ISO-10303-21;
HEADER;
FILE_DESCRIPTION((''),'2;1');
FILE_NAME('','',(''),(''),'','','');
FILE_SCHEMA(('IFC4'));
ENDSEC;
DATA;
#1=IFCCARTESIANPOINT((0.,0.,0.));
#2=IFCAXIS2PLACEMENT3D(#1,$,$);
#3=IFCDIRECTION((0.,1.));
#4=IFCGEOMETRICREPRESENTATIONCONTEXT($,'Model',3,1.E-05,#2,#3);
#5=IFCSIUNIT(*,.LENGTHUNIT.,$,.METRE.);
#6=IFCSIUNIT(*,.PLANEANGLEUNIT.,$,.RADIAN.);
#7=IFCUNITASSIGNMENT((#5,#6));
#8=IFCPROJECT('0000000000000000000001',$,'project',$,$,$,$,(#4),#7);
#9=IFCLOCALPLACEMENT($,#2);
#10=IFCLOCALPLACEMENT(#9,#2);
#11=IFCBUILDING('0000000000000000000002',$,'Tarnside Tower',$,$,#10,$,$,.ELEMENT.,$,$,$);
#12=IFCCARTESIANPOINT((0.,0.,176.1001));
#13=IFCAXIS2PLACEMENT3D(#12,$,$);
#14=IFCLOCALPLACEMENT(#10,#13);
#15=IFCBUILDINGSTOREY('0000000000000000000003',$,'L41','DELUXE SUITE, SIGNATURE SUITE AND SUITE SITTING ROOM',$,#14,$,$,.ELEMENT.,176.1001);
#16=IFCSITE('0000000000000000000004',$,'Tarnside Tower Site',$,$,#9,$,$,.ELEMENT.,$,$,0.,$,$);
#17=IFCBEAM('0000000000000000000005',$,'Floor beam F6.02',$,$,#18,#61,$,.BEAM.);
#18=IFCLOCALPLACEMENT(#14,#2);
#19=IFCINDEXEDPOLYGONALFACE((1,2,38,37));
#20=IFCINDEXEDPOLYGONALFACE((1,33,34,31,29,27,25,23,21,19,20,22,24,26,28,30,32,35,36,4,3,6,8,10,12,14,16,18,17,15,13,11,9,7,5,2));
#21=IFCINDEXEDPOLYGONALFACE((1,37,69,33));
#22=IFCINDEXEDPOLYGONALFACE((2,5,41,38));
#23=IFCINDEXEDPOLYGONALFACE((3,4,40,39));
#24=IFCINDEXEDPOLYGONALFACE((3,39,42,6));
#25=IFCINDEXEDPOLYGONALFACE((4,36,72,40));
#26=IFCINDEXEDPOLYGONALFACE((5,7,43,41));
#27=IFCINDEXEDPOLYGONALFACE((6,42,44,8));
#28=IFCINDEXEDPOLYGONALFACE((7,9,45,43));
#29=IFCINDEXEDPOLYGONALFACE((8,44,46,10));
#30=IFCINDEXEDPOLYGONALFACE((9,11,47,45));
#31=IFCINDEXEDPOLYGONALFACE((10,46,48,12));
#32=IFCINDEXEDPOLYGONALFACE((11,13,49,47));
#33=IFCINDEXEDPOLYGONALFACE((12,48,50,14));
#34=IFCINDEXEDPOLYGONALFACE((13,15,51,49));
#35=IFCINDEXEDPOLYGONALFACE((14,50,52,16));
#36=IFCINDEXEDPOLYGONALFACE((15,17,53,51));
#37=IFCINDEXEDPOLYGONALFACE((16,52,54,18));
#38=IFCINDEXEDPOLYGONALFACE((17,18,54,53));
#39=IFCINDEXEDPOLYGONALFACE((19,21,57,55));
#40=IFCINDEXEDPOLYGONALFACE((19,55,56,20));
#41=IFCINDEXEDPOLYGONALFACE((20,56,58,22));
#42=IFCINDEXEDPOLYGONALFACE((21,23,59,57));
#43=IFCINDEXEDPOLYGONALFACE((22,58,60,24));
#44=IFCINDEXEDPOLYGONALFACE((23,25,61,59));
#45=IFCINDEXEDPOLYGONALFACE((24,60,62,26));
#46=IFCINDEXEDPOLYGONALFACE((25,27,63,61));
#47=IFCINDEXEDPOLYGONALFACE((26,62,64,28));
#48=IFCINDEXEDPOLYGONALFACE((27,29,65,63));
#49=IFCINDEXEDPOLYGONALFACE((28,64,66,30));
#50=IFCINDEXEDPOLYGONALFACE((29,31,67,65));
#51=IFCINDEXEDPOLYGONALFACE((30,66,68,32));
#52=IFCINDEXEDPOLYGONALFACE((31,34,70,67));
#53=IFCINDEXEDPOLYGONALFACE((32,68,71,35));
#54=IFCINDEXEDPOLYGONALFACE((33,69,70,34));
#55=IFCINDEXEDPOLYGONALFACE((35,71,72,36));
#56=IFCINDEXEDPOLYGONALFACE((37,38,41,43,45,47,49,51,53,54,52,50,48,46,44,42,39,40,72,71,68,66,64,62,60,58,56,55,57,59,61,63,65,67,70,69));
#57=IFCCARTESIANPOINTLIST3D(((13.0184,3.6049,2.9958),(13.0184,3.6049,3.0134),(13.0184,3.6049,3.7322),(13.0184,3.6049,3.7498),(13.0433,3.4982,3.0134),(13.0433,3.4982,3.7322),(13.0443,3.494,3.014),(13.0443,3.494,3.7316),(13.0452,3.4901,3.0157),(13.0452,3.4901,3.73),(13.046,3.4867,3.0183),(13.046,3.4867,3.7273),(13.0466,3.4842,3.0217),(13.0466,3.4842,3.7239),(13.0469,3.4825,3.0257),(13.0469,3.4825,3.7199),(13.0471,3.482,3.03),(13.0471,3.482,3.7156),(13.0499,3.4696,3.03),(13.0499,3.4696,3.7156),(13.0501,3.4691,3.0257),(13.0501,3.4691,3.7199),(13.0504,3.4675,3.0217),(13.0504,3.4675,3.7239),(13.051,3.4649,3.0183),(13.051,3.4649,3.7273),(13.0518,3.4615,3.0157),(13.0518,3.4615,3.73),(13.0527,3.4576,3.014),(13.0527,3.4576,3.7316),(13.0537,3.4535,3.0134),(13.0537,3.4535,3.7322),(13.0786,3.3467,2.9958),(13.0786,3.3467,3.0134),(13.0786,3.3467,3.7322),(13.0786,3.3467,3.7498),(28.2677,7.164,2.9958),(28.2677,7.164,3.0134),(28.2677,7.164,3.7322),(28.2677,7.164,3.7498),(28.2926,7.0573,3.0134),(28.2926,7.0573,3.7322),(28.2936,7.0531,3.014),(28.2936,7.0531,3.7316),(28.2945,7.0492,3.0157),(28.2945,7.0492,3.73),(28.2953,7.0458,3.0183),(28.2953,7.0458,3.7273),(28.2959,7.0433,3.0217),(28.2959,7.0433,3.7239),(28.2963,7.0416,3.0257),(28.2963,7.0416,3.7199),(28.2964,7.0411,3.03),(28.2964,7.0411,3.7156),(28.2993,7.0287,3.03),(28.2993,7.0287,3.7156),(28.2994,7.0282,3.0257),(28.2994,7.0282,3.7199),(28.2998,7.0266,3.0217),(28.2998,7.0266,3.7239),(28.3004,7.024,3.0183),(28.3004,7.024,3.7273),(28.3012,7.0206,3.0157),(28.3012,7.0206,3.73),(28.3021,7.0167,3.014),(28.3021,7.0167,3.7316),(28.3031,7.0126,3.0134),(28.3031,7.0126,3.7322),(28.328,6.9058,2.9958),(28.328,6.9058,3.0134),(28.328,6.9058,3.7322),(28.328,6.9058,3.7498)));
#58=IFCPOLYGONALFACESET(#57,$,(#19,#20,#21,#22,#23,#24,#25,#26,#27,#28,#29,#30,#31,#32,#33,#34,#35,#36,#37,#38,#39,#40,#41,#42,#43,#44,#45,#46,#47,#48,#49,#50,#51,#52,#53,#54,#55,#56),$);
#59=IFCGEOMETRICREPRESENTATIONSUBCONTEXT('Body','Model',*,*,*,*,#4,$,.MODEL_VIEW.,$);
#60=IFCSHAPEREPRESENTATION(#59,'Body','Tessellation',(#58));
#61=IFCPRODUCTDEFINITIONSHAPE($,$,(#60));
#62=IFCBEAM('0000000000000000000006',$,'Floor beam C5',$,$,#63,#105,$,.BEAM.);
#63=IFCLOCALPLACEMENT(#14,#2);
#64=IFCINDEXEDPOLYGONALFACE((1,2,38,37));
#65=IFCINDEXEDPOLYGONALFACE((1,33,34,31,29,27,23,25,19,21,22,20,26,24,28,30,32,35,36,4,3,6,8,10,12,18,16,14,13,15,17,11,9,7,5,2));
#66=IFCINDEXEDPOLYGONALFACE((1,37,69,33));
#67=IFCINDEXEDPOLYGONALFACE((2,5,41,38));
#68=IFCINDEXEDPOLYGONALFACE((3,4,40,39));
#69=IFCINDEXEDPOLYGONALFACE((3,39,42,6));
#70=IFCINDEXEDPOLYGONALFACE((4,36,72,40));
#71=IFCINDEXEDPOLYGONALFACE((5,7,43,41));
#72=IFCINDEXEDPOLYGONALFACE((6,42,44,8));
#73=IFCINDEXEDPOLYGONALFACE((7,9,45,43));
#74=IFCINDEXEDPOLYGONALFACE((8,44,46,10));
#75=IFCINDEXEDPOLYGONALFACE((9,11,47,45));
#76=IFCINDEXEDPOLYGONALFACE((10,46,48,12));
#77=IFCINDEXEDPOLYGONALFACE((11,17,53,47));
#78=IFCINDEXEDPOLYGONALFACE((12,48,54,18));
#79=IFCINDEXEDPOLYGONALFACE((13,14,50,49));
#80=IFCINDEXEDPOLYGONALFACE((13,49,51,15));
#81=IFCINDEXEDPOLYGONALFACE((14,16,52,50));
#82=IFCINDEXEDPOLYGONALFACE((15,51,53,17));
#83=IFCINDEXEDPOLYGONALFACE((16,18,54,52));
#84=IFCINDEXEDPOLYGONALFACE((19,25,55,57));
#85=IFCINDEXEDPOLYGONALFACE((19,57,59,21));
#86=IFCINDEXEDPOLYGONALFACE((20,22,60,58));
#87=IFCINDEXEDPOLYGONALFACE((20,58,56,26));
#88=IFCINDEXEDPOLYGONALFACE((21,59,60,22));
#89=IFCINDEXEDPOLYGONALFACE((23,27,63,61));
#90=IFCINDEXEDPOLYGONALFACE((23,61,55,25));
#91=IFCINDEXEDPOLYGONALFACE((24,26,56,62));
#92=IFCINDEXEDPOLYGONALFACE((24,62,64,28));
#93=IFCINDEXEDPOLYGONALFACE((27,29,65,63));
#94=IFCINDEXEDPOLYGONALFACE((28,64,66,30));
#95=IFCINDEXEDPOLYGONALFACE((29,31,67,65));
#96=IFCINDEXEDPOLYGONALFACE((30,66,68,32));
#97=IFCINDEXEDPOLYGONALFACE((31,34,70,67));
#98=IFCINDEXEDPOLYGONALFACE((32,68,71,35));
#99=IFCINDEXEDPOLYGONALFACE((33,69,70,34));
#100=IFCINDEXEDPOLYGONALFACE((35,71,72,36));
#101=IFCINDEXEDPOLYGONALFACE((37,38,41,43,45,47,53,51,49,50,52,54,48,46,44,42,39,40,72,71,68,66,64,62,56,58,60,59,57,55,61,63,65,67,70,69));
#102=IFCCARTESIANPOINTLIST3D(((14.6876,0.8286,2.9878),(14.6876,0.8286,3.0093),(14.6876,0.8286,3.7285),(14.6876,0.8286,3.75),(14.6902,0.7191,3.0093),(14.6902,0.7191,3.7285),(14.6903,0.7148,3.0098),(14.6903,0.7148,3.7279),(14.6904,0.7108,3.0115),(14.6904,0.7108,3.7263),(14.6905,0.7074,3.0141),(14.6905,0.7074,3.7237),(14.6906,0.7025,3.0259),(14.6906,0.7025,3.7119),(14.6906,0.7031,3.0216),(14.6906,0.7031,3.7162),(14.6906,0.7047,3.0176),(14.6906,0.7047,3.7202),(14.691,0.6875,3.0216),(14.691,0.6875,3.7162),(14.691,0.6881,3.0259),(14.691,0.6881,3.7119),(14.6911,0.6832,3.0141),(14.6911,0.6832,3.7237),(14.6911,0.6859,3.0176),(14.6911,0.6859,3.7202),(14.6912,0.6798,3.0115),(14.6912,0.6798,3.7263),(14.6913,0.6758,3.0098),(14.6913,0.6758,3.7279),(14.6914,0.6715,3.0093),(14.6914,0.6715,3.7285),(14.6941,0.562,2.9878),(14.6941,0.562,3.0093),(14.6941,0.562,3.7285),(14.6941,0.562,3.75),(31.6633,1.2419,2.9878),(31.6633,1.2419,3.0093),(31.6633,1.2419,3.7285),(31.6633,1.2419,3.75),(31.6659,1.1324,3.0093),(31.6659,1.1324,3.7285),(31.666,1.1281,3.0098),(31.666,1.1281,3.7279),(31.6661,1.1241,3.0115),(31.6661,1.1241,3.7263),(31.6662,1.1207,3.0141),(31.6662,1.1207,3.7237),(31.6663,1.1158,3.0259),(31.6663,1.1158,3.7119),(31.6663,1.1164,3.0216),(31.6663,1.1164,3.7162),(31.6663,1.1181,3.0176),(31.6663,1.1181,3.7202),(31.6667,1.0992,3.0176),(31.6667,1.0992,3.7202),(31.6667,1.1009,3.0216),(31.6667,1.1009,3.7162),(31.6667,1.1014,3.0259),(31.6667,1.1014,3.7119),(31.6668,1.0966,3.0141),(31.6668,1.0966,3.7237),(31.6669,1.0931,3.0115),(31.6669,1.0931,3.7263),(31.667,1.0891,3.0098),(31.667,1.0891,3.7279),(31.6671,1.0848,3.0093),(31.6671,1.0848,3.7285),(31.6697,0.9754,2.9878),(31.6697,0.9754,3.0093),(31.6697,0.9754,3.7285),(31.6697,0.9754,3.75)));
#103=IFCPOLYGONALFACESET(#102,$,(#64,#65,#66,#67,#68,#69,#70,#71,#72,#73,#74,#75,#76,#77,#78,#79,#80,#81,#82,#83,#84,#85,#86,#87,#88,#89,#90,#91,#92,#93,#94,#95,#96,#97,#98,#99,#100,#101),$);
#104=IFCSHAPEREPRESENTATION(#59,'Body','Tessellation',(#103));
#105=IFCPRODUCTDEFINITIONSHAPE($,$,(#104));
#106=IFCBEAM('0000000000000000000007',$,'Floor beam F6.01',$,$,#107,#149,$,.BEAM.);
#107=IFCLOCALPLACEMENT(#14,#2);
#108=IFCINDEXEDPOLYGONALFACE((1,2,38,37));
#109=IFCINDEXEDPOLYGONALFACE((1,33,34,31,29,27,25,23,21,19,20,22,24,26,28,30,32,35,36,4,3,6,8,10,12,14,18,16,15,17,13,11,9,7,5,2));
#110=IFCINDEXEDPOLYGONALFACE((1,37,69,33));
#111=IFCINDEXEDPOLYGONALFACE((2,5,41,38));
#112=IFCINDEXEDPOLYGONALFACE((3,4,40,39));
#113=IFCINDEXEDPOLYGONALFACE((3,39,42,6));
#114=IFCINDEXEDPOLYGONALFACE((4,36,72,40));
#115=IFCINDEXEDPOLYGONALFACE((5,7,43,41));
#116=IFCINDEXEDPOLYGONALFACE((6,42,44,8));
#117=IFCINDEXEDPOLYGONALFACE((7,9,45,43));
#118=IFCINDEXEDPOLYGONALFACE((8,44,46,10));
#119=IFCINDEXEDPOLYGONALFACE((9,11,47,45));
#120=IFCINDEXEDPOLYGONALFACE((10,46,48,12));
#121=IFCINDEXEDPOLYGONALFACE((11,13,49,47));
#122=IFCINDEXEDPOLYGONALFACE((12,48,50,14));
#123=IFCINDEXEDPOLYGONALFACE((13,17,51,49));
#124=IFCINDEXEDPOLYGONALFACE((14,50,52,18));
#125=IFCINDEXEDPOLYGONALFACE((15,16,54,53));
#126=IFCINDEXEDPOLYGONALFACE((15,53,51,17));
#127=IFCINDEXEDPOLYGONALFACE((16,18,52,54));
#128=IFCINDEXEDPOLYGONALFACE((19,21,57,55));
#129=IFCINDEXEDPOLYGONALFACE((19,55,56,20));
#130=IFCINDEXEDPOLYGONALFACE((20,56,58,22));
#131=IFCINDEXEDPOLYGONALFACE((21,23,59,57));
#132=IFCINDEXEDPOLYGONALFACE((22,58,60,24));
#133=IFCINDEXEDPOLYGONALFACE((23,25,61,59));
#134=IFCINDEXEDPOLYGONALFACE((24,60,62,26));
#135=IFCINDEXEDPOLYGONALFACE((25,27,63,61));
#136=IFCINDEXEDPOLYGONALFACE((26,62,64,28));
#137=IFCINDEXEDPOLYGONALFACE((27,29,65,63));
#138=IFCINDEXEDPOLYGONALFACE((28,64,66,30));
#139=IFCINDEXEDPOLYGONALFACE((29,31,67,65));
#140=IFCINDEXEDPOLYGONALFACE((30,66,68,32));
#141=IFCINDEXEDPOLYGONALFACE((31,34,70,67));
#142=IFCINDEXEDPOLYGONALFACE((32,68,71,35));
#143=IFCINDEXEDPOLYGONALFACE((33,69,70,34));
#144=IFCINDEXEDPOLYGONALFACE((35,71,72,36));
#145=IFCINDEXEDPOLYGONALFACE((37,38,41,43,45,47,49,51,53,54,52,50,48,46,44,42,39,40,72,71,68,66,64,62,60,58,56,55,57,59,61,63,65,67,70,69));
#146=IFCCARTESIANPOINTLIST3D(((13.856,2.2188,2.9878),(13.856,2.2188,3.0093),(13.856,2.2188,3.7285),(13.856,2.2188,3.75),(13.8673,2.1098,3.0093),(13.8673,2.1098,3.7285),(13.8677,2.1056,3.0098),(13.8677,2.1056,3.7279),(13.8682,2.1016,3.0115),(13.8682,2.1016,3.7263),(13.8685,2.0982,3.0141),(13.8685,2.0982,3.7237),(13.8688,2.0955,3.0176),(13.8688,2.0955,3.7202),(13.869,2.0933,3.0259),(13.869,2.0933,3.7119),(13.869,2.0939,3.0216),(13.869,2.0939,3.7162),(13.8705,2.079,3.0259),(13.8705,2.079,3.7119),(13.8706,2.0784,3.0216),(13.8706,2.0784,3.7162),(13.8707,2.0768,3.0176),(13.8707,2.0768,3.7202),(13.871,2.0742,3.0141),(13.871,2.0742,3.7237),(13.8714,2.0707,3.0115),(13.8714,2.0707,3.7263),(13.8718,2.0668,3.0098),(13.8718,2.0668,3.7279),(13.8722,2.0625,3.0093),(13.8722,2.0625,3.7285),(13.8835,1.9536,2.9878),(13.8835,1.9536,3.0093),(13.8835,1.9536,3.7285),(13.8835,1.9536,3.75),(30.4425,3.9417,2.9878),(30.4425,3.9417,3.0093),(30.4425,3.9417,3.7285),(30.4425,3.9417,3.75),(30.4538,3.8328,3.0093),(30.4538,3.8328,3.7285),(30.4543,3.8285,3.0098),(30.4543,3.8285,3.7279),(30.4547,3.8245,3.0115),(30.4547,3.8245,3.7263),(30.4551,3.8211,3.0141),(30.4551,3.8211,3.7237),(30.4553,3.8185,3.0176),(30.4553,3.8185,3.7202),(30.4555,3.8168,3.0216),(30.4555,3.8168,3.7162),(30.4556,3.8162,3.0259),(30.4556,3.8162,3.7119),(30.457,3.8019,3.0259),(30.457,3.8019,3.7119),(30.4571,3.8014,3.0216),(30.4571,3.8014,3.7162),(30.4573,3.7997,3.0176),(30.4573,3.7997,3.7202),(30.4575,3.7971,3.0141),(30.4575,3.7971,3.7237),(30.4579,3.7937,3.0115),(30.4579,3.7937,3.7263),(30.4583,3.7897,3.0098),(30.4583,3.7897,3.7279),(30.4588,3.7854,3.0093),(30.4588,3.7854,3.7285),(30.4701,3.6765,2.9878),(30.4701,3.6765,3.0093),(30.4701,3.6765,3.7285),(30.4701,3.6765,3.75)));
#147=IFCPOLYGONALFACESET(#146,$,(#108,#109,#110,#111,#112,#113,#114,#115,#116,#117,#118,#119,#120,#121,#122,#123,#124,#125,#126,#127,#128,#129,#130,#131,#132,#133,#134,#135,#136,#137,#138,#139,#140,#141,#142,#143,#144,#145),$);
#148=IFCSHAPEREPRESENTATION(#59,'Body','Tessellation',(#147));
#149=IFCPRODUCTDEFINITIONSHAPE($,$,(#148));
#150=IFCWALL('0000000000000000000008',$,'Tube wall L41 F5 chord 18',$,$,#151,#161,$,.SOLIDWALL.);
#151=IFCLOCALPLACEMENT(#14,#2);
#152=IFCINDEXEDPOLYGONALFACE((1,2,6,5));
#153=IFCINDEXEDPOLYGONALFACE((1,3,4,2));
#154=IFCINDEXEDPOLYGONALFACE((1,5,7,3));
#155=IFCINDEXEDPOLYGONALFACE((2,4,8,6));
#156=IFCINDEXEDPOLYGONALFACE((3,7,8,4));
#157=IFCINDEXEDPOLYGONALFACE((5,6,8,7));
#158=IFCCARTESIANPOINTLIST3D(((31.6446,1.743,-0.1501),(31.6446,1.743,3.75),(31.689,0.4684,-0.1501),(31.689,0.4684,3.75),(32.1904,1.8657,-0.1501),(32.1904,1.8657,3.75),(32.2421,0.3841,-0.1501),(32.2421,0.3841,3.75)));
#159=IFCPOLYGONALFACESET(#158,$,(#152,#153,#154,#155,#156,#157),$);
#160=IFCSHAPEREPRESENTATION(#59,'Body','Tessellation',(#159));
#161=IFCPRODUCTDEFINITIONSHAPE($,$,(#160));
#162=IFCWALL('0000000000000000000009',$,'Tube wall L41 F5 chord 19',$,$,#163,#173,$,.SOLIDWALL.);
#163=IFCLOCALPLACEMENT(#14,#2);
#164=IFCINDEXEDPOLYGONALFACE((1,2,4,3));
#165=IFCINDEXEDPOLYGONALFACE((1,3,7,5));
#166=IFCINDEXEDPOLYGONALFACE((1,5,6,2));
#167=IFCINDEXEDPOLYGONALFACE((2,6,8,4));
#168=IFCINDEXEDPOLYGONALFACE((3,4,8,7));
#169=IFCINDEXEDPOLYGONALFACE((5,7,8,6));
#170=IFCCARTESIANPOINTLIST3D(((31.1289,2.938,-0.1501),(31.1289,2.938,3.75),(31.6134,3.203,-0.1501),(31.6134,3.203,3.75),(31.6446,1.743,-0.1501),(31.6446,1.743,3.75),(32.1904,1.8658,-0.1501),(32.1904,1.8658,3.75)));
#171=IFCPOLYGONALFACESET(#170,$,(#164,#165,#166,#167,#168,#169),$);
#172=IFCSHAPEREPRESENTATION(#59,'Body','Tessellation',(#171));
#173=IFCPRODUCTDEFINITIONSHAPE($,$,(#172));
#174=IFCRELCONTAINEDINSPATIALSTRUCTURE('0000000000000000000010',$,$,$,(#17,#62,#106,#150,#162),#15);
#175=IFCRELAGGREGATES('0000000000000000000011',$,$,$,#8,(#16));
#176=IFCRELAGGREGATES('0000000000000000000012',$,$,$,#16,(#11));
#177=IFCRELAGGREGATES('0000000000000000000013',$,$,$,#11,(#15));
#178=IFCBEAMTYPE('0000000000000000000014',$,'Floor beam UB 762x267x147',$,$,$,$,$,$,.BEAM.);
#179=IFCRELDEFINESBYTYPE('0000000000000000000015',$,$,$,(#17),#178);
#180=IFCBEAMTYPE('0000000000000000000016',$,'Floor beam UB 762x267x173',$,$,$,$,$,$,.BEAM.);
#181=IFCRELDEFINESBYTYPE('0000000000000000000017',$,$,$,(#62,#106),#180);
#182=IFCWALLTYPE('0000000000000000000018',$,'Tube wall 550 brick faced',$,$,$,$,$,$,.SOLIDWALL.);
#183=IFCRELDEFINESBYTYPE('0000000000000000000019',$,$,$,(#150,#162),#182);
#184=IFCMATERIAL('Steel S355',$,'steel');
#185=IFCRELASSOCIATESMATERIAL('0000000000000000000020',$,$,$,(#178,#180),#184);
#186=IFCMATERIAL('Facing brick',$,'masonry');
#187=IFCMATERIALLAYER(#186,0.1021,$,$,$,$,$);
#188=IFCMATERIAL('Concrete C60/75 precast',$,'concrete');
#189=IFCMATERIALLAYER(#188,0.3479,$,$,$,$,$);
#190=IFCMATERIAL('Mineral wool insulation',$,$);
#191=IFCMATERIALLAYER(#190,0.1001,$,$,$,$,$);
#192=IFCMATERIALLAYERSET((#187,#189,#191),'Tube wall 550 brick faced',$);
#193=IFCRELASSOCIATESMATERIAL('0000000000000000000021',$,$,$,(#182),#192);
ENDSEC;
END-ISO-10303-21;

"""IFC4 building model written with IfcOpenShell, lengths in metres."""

from ifc_helpers import new_model, si_unit, direction, frame, origin, origin_2d, place, context, subcontext, project, spatial, polyline, i_section, outline, extrude, material, layer, layer_set, material_profile, profile_set, type_object, element, save


model = new_model("IFC4")

# Units and contexts
model_context = context("Model", 3, precision=1e-05, world=origin(), true_north=direction((0.0, 1.0)))
body_context = subcontext(model_context, "Body", "Model", "MODEL_VIEW")
ifc_project = project(units=[si_unit("LENGTHUNIT", "METRE"), si_unit("PLANEANGLEUNIT", "RADIAN")], contexts=[model_context])

# Site, building, storey
site_placement = place(None, origin())
site = spatial("IfcSite", under=ifc_project, at=site_placement, Name="Tarnside Tower Site", CompositionType="ELEMENT", RefElevation=0.0)
building_placement = place(site_placement, origin())
building = spatial("IfcBuilding", under=site, at=building_placement, Name="Tarnside Tower", CompositionType="ELEMENT")
storey_placement = place(building_placement, frame((0.0, 0.0, 176.1001)))
storey = spatial("IfcBuildingStorey", under=building, at=storey_placement, Name="L41", Description="DELUXE SUITE, SIGNATURE SUITE AND SUITE SITTING ROOM", CompositionType="ELEMENT", Elevation=176.1001)

# Beams
ifc_material_1 = material(Name="Steel S355", Category="steel")
ifc_material_profile_1 = material_profile(ifc_material_1, i_section(OverallWidth=0.2651, OverallDepth=0.7539, WebThickness=0.0127, FlangeThickness=0.0176, FilletRadius=0.0166, at=origin_2d()), Name="UB 762x267x147")
ifc_profile_set_1 = profile_set([ifc_material_profile_1], Name="Steel S355")
beam_type_1 = type_object("IfcBeamType", Name="Floor beam UB 762x267x147", PredefinedType="BEAM", material=ifc_profile_set_1)
beam_1_placement = place(storey_placement, frame((28.2979, 7.0349, 3.3728), z_axis=(-0.973828, -0.227285, 0.0), x_axis=(0.227285, -0.973828, 0.0)))
element("IfcBeam", 1, at=beam_1_placement, inside=storey, type_object=beam_type_1, Name="Floor beam F6.02", PredefinedType="BEAM", context=body_context, shape_type="SweptSolid", body=[
    extrude(i_section(OverallWidth=0.2651, OverallDepth=0.7539, WebThickness=0.0127, FlangeThickness=0.0176, FilletRadius=0.0166, at=origin_2d()), origin(), (0.0, 0.0, 1.0), 15.6592),
])
ifc_material_profile_2 = material_profile(ifc_material_1, i_section(OverallWidth=0.2666, OverallDepth=0.7622, WebThickness=0.0144, FlangeThickness=0.0215, FilletRadius=0.0166, at=origin_2d()), Name="UB 762x267x173")
ifc_profile_set_2 = profile_set([ifc_material_profile_2], Name="Steel S355")
beam_type_2 = type_object("IfcBeamType", Name="Floor beam UB 762x267x173", PredefinedType="BEAM", material=ifc_profile_set_2)
beam_2_placement = place(storey_placement, frame((31.6665, 1.1086, 3.3689), z_axis=(-0.999704, -0.024341, 0.0), x_axis=(0.024341, -0.999704, 0.0)))
element("IfcBeam", 2, at=beam_2_placement, inside=storey, type_object=beam_type_2, Name="Floor beam C5", PredefinedType="BEAM", context=body_context, shape_type="SweptSolid", body=[
    extrude(i_section(OverallWidth=0.2666, OverallDepth=0.7622, WebThickness=0.0144, FlangeThickness=0.0215, FilletRadius=0.0166, at=origin_2d()), origin(), (0.0, 0.0, 1.0), 16.9807),
])
beam_3_placement = place(storey_placement, frame((30.4563, 3.8091, 3.3689), z_axis=(-0.994648, -0.103318, 0.0), x_axis=(0.103318, -0.994648, 0.0)))
element("IfcBeam", 3, at=beam_3_placement, inside=storey, type_object=beam_type_2, Name="Floor beam F6.01", PredefinedType="BEAM", context=body_context, shape_type="SweptSolid", body=[
    extrude(i_section(OverallWidth=0.2666, OverallDepth=0.7622, WebThickness=0.0144, FlangeThickness=0.0215, FilletRadius=0.0166, at=origin_2d()), origin(), (0.0, 0.0, 1.0), 16.6758),
])

# Walls
ifc_material_2 = material(Name="Facing brick", Category="masonry")
ifc_layer_1 = layer(ifc_material_2, 0.1021)
ifc_material_3 = material(Name="Concrete C60/75 precast", Category="concrete")
ifc_layer_2 = layer(ifc_material_3, 0.3479)
ifc_material_4 = material(Name="Mineral wool insulation")
ifc_layer_3 = layer(ifc_material_4, 0.1001)
ifc_layer_set_1 = layer_set([ifc_layer_1, ifc_layer_2, ifc_layer_3], Name="Tube wall 550 brick faced")
wall_type = type_object("IfcWallType", Name="Tube wall 550 brick faced", PredefinedType="SOLIDWALL", material=ifc_layer_set_1)
wall_1_placement = place(storey_placement, frame((31.9656, 0.4263, -0.1501), z_axis=(0.0, 0.0, 1.0), x_axis=(-0.034877, 0.999392, 0.0)))
element("IfcWall", 4, at=wall_1_placement, inside=storey, type_object=wall_type, Name="Tube wall L41 F5 chord 18", PredefinedType="SOLIDWALL", context=body_context, shape_type="SweptSolid", body=[
    extrude(outline(polyline([(-0.0518, -0.2749), (1.4307, -0.2749), (1.3271, 0.2749), (0.0518, 0.2749), (-0.0518, -0.2749)])), origin(), (0.0, 0.0, 1.0), 3.9001),
])
wall_2_placement = place(storey_placement, frame((31.9175, 1.8044, -0.1501), z_axis=(0.0, 0.0, 1.0), x_axis=(-0.396226, 0.918153, 0.0)))
element("IfcWall", 5, at=wall_2_placement, inside=storey, type_object=wall_type, Name="Tube wall L41 F5 chord 19", PredefinedType="SOLIDWALL", context=body_context, shape_type="SweptSolid", body=[
    extrude(outline(polyline([(-0.0518, -0.2749), (1.4045, -0.2749), (1.3533, 0.2749), (0.0518, 0.2749), (-0.0518, -0.2749)])), origin(), (0.0, 0.0, 1.0), 3.9001),
])

save(model, "model.ifc")
